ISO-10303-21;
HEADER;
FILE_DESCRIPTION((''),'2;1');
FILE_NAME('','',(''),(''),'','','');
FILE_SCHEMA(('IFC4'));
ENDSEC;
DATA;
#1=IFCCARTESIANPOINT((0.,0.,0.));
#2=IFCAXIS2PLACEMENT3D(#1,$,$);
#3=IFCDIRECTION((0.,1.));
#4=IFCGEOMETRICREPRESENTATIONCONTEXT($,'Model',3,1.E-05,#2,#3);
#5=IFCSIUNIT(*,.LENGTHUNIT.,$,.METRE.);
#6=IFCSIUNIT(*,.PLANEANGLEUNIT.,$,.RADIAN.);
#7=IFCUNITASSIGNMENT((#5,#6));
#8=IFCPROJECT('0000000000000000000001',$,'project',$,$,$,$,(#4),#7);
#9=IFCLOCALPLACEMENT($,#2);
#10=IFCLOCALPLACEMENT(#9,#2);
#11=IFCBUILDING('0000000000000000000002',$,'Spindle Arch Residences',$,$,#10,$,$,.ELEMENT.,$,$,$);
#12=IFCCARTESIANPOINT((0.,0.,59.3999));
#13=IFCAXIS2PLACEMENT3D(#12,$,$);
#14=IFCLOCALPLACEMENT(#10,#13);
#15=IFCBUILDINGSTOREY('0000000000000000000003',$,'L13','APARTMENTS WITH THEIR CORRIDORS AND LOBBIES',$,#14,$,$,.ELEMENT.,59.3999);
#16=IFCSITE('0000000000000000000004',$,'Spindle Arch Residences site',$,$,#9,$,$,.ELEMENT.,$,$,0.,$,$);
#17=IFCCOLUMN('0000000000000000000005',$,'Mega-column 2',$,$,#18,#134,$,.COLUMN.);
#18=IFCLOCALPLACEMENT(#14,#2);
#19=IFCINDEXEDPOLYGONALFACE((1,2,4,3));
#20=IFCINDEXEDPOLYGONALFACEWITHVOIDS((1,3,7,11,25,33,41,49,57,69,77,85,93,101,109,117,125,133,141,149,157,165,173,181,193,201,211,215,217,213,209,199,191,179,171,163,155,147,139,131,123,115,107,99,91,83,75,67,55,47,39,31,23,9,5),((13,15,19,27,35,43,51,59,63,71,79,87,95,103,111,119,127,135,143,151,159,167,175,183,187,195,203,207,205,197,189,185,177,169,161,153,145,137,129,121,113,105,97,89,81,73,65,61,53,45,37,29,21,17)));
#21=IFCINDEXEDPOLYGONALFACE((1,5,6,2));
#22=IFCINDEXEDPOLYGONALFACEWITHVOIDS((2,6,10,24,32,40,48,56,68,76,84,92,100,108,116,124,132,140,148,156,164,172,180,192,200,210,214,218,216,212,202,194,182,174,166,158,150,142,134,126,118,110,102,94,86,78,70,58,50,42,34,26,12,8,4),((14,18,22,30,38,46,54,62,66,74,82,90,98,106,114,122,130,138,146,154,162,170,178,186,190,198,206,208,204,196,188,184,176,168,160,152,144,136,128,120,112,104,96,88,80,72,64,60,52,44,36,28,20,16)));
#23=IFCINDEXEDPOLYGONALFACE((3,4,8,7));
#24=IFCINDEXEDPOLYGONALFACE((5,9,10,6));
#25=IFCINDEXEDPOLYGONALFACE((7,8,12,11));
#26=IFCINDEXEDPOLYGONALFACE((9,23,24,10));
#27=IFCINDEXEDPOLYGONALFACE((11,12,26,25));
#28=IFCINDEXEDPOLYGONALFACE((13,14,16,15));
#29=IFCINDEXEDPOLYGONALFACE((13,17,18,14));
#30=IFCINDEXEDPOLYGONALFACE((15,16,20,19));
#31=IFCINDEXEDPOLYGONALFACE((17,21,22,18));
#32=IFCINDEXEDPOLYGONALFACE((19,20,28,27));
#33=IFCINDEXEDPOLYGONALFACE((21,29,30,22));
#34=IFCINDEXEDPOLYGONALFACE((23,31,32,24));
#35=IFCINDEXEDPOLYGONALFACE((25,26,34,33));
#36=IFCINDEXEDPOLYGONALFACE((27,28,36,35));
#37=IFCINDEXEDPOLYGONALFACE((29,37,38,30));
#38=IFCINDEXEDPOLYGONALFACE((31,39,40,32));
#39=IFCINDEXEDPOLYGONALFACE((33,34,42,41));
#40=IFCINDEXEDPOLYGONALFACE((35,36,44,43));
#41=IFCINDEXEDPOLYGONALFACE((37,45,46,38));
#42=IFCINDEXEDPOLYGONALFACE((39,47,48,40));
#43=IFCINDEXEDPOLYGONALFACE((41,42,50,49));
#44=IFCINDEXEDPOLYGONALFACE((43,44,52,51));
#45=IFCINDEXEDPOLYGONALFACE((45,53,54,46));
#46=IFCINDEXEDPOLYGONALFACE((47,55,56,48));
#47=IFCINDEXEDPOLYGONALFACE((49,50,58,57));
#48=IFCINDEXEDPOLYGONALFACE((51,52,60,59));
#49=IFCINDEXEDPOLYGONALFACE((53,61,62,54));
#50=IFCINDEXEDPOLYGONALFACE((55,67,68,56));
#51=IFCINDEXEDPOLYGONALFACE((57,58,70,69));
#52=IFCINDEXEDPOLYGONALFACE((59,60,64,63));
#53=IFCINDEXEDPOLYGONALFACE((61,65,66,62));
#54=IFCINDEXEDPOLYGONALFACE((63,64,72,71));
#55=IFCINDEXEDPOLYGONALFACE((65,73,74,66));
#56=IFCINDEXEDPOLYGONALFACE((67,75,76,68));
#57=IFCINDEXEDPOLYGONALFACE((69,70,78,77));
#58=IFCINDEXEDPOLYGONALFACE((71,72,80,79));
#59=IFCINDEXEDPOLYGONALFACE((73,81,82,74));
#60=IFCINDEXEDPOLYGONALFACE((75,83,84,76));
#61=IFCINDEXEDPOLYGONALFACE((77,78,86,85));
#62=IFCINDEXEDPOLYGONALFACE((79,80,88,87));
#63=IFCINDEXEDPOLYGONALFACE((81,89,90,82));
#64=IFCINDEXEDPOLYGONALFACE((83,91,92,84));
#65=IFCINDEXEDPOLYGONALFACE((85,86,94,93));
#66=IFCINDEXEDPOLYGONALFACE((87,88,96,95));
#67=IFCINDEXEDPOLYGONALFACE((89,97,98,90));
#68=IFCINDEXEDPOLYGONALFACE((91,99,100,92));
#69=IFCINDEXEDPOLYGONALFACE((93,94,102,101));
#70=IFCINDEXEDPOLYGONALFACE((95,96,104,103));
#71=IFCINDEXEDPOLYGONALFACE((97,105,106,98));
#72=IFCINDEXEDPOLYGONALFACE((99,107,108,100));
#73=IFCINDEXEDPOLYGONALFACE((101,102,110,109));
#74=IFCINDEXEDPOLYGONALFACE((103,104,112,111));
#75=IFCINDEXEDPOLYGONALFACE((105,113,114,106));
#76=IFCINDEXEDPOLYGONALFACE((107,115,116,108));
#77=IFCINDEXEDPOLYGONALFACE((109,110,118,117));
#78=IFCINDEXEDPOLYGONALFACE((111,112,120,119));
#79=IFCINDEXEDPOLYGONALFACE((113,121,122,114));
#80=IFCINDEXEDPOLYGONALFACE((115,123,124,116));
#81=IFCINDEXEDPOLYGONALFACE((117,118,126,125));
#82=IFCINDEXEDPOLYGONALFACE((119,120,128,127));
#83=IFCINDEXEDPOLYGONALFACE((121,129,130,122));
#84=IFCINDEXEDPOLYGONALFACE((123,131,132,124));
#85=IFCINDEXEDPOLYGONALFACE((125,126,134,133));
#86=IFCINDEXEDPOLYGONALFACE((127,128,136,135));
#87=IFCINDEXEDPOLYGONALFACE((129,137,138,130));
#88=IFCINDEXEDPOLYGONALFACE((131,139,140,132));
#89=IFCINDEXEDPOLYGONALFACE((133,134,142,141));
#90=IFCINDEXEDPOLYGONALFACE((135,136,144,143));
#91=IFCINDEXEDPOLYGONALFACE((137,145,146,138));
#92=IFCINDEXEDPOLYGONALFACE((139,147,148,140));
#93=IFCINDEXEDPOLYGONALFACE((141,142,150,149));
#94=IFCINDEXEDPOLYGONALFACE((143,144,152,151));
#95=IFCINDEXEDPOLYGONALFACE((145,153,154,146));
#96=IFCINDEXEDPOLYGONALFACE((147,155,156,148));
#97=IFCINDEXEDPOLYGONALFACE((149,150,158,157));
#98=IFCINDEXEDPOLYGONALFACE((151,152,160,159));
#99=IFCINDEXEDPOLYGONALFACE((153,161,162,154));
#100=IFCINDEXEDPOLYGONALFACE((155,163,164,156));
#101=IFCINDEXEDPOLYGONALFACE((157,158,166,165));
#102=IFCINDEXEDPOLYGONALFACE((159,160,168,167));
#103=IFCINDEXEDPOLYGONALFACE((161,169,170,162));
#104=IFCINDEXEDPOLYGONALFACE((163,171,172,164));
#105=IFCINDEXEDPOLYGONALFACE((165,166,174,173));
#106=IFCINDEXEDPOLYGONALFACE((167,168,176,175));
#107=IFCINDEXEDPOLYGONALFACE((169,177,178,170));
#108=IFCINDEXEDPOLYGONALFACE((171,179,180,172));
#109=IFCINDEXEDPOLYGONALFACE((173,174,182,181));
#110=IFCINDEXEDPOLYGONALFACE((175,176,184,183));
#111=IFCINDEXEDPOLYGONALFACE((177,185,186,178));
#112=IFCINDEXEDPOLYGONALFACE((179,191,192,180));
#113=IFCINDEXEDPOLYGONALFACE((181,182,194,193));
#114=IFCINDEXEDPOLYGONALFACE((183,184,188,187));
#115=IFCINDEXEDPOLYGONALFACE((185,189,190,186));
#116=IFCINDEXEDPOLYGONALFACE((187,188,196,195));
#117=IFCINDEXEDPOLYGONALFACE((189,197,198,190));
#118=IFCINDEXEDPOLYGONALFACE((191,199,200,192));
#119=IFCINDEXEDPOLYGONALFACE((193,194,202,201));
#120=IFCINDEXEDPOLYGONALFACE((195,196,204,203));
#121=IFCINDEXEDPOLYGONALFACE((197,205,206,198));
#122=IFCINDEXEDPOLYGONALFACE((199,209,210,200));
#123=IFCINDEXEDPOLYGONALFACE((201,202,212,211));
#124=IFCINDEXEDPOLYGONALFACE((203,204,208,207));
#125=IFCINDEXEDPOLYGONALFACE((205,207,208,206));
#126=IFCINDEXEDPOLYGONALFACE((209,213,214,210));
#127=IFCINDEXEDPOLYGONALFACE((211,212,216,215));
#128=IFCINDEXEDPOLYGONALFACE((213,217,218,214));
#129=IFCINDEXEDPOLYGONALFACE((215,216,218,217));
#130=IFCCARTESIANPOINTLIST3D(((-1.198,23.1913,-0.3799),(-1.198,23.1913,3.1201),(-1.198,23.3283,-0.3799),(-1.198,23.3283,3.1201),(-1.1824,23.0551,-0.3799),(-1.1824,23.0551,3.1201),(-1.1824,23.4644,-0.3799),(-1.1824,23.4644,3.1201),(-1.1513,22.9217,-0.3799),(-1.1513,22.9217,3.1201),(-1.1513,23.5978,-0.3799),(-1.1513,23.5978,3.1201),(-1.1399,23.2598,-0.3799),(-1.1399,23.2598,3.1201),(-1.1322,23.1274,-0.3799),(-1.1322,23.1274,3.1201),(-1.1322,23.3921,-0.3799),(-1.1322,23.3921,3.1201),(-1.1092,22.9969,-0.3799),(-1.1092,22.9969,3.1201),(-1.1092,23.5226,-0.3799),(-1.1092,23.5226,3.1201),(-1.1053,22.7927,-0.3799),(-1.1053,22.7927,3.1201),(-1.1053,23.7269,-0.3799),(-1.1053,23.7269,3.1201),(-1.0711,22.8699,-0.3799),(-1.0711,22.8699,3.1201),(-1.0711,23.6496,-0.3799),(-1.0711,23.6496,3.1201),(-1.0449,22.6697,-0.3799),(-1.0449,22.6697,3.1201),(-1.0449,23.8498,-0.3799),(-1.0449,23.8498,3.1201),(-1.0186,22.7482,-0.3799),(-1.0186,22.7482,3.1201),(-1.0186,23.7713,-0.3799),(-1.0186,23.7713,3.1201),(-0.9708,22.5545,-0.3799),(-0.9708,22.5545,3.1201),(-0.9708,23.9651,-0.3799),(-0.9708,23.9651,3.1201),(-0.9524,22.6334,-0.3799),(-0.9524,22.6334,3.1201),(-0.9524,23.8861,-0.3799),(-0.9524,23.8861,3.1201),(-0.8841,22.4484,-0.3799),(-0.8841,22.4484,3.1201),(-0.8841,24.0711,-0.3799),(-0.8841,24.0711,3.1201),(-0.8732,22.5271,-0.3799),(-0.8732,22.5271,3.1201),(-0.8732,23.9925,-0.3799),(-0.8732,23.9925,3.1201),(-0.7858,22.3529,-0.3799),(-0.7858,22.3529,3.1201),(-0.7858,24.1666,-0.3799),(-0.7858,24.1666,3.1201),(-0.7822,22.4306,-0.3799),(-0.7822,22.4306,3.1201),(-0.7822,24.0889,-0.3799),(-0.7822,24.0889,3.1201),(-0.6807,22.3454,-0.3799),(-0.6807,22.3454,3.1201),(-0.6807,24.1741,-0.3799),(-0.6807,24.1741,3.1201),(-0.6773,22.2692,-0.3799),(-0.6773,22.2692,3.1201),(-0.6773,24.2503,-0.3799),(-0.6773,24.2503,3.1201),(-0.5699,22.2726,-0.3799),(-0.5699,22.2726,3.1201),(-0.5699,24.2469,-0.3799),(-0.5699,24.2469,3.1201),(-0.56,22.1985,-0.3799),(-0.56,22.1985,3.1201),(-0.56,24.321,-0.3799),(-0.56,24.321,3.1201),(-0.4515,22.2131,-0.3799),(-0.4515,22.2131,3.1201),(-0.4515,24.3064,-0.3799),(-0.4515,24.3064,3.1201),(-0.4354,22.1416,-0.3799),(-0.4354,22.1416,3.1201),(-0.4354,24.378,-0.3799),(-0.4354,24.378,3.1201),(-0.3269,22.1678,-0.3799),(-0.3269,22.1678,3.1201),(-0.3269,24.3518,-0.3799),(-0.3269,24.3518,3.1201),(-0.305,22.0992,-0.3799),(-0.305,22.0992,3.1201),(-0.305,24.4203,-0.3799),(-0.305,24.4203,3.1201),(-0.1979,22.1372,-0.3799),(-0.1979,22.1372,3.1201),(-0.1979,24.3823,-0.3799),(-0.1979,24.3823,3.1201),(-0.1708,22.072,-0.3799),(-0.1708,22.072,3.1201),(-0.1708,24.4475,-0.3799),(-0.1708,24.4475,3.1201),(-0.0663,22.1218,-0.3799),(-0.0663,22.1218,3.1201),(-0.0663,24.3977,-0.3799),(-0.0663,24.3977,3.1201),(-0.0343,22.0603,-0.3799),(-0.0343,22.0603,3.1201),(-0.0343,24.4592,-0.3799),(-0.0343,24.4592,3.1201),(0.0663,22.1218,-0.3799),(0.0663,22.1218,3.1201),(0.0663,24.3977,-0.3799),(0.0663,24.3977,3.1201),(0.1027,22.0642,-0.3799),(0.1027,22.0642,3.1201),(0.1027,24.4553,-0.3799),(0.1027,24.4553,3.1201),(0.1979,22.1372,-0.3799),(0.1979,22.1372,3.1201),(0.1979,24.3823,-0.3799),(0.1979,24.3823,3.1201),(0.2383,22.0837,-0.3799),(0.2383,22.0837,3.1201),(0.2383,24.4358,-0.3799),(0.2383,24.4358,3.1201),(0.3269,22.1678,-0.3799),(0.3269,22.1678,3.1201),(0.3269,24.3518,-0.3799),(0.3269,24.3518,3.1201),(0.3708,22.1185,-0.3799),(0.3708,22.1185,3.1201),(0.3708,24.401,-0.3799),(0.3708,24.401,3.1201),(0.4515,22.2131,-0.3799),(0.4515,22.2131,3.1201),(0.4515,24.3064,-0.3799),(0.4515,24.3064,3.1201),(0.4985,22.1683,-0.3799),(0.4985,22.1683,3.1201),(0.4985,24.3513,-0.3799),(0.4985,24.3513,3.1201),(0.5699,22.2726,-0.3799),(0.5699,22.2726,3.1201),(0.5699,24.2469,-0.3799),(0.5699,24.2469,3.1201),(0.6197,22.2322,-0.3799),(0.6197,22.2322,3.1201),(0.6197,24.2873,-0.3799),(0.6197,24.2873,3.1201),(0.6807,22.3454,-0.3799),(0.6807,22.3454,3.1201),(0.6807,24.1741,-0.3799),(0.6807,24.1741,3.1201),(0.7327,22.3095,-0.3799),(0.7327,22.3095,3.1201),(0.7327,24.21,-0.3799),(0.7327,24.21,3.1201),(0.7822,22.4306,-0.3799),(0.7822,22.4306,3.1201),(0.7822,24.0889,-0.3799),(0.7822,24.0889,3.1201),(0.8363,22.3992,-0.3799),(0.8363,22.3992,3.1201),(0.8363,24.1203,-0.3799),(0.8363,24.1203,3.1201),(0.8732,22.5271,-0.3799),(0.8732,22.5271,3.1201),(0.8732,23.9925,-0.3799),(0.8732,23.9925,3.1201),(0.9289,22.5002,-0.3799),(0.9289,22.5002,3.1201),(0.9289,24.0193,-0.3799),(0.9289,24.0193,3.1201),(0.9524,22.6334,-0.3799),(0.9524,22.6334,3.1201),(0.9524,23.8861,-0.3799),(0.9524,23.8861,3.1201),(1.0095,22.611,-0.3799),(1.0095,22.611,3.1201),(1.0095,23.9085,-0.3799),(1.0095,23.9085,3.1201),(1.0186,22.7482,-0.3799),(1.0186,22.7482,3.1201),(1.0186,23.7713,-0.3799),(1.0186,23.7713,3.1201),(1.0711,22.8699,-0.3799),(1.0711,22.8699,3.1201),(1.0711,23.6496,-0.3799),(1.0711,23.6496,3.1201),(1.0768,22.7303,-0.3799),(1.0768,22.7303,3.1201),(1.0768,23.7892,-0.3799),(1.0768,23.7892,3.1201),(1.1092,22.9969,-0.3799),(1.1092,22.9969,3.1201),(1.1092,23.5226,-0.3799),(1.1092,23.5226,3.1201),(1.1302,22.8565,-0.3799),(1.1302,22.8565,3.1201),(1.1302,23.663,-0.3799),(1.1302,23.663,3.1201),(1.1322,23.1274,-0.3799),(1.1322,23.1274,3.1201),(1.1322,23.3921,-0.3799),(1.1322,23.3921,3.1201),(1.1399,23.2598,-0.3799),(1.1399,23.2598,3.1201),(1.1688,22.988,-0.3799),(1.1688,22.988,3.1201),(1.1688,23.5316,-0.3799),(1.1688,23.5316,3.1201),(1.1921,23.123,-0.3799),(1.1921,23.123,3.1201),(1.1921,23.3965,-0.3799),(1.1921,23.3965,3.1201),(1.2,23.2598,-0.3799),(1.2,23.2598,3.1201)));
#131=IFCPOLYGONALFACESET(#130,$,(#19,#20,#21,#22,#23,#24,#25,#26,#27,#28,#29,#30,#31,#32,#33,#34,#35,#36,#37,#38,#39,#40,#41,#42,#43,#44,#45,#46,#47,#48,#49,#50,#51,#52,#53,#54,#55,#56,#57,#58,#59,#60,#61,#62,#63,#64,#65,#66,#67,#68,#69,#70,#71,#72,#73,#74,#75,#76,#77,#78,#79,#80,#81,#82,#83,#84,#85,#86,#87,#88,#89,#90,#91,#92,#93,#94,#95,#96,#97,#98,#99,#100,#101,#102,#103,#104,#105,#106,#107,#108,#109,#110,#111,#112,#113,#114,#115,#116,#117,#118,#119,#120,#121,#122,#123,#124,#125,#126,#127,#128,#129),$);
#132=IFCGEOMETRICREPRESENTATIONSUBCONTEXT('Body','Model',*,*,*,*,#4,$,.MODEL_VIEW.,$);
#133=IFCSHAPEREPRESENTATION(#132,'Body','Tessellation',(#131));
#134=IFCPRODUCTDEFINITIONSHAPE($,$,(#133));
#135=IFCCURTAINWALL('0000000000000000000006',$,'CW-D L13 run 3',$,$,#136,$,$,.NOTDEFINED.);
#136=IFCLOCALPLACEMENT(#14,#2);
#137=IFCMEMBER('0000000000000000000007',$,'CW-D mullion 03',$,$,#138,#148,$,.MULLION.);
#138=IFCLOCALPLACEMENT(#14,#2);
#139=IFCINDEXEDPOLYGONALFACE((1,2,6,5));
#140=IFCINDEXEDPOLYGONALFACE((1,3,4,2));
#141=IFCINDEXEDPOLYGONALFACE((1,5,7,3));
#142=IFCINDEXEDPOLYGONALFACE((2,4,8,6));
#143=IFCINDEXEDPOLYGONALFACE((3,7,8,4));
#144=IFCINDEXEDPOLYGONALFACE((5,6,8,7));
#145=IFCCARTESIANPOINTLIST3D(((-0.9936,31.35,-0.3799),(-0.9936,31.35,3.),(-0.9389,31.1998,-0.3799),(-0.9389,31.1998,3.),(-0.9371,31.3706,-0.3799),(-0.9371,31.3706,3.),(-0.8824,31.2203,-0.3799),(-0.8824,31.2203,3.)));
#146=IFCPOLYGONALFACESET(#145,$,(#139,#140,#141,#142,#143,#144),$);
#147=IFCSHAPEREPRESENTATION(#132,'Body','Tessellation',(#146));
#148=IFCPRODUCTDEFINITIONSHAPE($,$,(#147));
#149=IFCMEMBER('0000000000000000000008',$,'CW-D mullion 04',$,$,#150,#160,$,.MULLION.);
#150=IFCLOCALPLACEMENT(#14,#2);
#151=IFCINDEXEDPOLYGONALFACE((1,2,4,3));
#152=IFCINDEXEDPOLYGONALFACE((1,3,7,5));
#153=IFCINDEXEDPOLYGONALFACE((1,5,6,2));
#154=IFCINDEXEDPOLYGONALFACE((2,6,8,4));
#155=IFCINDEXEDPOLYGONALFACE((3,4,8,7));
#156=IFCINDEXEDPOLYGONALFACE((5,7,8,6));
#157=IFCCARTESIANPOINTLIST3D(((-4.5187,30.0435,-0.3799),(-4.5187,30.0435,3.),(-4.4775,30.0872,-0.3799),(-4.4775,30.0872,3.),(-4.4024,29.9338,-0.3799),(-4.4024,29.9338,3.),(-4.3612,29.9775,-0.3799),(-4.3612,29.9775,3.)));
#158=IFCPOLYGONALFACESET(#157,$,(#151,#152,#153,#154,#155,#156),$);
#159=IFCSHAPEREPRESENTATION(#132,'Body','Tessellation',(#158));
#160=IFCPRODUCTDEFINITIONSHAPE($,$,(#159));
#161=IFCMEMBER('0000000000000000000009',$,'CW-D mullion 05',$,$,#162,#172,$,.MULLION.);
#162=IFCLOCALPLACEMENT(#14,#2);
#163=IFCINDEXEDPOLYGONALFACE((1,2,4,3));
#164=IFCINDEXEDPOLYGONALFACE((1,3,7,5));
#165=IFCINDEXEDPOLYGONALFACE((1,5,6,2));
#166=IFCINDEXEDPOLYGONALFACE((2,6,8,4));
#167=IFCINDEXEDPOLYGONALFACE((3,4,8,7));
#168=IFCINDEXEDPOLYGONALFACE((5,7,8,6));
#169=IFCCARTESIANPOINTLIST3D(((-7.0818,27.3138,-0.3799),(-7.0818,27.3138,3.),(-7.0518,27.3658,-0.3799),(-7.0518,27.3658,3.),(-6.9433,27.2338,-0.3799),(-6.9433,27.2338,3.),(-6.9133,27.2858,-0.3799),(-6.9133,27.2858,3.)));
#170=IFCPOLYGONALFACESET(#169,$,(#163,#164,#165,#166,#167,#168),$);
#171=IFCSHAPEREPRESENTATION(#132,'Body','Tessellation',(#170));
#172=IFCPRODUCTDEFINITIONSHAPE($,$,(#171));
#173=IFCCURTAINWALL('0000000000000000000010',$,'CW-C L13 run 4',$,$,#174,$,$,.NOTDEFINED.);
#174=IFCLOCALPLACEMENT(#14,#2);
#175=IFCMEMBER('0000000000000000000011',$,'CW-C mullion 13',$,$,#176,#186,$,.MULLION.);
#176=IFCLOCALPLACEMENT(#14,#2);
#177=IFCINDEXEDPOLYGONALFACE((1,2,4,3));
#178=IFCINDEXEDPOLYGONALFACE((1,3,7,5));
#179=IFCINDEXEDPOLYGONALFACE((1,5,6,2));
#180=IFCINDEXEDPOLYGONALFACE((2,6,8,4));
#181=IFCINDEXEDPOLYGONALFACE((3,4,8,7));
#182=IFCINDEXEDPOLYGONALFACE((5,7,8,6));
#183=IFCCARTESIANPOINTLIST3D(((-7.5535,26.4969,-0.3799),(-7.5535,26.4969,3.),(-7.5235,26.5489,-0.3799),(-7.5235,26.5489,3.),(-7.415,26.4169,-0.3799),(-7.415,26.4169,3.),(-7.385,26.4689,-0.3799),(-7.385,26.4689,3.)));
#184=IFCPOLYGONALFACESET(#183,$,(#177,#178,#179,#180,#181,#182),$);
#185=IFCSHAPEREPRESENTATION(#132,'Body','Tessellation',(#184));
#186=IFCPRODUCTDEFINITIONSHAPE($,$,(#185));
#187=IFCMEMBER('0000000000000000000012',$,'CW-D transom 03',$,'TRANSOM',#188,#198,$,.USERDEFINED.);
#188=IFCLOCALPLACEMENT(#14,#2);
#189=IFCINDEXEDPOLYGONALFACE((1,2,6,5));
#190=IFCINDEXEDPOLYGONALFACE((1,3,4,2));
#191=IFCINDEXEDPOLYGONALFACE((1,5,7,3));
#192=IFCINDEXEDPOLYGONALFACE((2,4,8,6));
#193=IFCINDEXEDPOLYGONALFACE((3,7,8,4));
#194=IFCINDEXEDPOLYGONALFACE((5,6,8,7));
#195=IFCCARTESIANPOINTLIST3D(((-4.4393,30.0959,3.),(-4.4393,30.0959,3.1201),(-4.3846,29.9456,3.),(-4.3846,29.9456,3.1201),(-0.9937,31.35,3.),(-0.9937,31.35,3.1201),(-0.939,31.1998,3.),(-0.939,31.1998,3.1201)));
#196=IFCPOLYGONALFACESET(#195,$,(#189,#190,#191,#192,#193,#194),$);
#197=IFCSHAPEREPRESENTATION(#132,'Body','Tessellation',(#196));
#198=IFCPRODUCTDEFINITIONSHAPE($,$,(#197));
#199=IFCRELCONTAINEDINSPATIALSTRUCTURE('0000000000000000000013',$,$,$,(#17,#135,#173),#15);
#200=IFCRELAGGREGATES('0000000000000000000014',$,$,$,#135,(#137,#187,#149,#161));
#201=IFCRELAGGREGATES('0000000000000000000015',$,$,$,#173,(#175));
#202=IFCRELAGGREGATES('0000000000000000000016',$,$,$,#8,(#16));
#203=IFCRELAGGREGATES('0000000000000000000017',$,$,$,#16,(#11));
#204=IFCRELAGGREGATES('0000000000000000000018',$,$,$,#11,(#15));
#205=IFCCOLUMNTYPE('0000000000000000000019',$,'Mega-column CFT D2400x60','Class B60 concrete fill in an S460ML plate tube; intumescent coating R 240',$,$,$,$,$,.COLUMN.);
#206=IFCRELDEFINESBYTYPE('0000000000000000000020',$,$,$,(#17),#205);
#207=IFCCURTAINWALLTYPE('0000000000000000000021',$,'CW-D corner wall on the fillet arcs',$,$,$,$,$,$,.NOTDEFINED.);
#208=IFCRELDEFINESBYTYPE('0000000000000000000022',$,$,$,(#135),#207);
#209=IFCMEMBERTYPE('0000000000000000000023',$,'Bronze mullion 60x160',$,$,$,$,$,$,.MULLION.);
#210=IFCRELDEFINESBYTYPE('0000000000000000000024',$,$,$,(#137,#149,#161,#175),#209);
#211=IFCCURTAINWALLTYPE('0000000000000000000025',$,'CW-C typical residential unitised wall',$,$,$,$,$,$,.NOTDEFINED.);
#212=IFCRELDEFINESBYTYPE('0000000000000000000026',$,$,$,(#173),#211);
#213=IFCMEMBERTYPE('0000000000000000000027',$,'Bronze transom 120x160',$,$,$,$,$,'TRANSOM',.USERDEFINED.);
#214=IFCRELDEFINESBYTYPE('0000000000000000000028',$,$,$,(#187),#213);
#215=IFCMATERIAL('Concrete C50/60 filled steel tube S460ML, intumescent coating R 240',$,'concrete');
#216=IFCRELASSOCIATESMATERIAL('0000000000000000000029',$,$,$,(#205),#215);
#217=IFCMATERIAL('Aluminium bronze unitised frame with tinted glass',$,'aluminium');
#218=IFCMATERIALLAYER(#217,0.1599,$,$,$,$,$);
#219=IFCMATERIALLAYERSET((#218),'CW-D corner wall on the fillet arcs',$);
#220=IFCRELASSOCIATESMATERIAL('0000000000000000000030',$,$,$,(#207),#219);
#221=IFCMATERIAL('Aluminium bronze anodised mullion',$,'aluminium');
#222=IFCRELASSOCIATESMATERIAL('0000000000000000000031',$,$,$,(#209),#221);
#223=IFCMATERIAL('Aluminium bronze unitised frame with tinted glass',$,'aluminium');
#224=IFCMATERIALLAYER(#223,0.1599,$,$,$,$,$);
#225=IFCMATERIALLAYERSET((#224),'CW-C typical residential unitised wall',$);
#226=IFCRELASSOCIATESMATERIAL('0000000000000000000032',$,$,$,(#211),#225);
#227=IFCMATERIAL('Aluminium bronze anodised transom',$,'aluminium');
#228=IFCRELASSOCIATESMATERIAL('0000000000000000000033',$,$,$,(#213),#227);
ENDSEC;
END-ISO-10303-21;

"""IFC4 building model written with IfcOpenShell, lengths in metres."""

from ifc_helpers import new_model, si_unit, direction, frame, origin, origin_2d, place, context, subcontext, project, spatial, rectangle, hollow_circle, extrude, material, layer, layer_set, material_profile, profile_set, type_object, element, aggregate, save


model = new_model("IFC4")

# Units and contexts
model_context = context("Model", 3, precision=1e-05, world=origin(), true_north=direction((0.0, 1.0)))
body_context = subcontext(model_context, "Body", "Model", "MODEL_VIEW")
ifc_project = project(units=[si_unit("LENGTHUNIT", "METRE"), si_unit("PLANEANGLEUNIT", "RADIAN")], contexts=[model_context])

# Site, building, storey
site_placement = place(None, origin())
site = spatial("IfcSite", under=ifc_project, at=site_placement, Name="Spindle Arch Residences site", CompositionType="ELEMENT", RefElevation=0.0)
building_placement = place(site_placement, origin())
building = spatial("IfcBuilding", under=site, at=building_placement, Name="Spindle Arch Residences", CompositionType="ELEMENT")
storey_placement = place(building_placement, frame((0.0, 0.0, 59.3999)))
storey = spatial("IfcBuildingStorey", under=building, at=storey_placement, Name="L13", Description="APARTMENTS WITH THEIR CORRIDORS AND LOBBIES", CompositionType="ELEMENT", Elevation=59.3999)

# Column
ifc_material_1 = material(Name="Concrete C50/60 filled steel tube S460ML, intumescent coating R 240", Category="concrete")
ifc_material_profile_1 = material_profile(ifc_material_1, hollow_circle(Radius=1.2, WallThickness=0.0601, at=origin_2d()), Name="CFT D2400x60")
ifc_profile_set_1 = profile_set([ifc_material_profile_1], Name="Concrete C50/60 filled steel tube S460ML, intumescent coating R 240")
column_type_1 = type_object("IfcColumnType", Name="Mega-column CFT D2400x60", Description="Class B60 concrete fill in an S460ML plate tube; intumescent coating R 240", PredefinedType="COLUMN", material=ifc_profile_set_1)
column_placement = place(storey_placement, frame((0.0, 23.2598, -0.3799), z_axis=(0.0, 0.0, 1.0), x_axis=(1.0, 0.0, 0.0)))
element("IfcColumn", 1, at=column_placement, inside=storey, type_object=column_type_1, Name="Mega-column 2", PredefinedType="COLUMN", context=body_context, shape_type="SweptSolid", body=[
    extrude(hollow_circle(Radius=1.2, WallThickness=0.0601, at=origin_2d()), origin(), (0.0, 0.0, 1.0), 3.5),
])

# Curtain wall, members
ifc_material_2 = material(Name="Aluminium bronze unitised frame with tinted glass", Category="aluminium")
ifc_layer_1 = layer(ifc_material_2, 0.1599)
ifc_layer_set_1 = layer_set([ifc_layer_1], Name="CW-D corner wall on the fillet arcs")
curtain_wall_type_1 = type_object("IfcCurtainWallType", Name="CW-D corner wall on the fillet arcs", PredefinedType="NOTDEFINED", material=ifc_layer_set_1)
curtain_wall_1_placement = place(storey_placement, origin())
curtain_wall_1 = element("IfcCurtainWall", 2, at=curtain_wall_1_placement, inside=storey, type_object=curtain_wall_type_1, Name="CW-D L13 run 3", PredefinedType="NOTDEFINED")
ifc_material_3 = material(Name="Aluminium bronze anodised mullion", Category="aluminium")
ifc_material_profile_2 = material_profile(ifc_material_3, rectangle(XDim=0.1599, YDim=0.0601, at=origin_2d()), Name="MU 60x160")
ifc_profile_set_2 = profile_set([ifc_material_profile_2], Name="Aluminium bronze anodised mullion")
member_type_1 = type_object("IfcMemberType", Name="Bronze mullion 60x160", PredefinedType="MULLION", material=ifc_profile_set_2)
member_1_placement = place(storey_placement, frame((-0.938, 31.2852, -0.3799), z_axis=(0.0, 0.0, 1.0), x_axis=(0.34202, -0.939693, 0.0)))
member_1 = element("IfcMember", 3, at=member_1_placement, type_object=member_type_1, Name="CW-D mullion 03", PredefinedType="MULLION", context=body_context, shape_type="SweptSolid", body=[
    extrude(rectangle(XDim=0.1599, YDim=0.0601, at=origin_2d()), origin(), (0.0, 0.0, 1.0), 3.3799),
])
member_2_placement = place(storey_placement, frame((-4.4399, 30.0105, -0.3799), z_axis=(0.0, 0.0, 1.0), x_axis=(0.727374, -0.686242, 0.0)))
member_2 = element("IfcMember", 4, at=member_2_placement, type_object=member_type_1, Name="CW-D mullion 04", PredefinedType="MULLION", context=body_context, shape_type="SweptSolid", body=[
    extrude(rectangle(XDim=0.1599, YDim=0.0601, at=origin_2d()), origin(), (0.0, 0.0, 1.0), 3.3799),
])
member_3_placement = place(storey_placement, frame((-6.9976, 27.2998, -0.3799), z_axis=(0.0, 0.0, 1.0), x_axis=(0.866025, -0.5, 0.0)))
member_3 = element("IfcMember", 5, at=member_3_placement, type_object=member_type_1, Name="CW-D mullion 05", PredefinedType="MULLION", context=body_context, shape_type="SweptSolid", body=[
    extrude(rectangle(XDim=0.1599, YDim=0.0601, at=origin_2d()), origin(), (0.0, 0.0, 1.0), 3.3799),
])

# Curtain wall, member
ifc_material_4 = material(Name="Aluminium bronze unitised frame with tinted glass", Category="aluminium")
ifc_layer_2 = layer(ifc_material_4, 0.1599)
ifc_layer_set_2 = layer_set([ifc_layer_2], Name="CW-C typical residential unitised wall")
curtain_wall_type_2 = type_object("IfcCurtainWallType", Name="CW-C typical residential unitised wall", PredefinedType="NOTDEFINED", material=ifc_layer_set_2)
curtain_wall_2_placement = place(storey_placement, origin())
curtain_wall_2 = element("IfcCurtainWall", 6, at=curtain_wall_2_placement, inside=storey, type_object=curtain_wall_type_2, Name="CW-C L13 run 4", PredefinedType="NOTDEFINED")
member_4_placement = place(storey_placement, frame((-7.4692, 26.4829, -0.3799), z_axis=(0.0, 0.0, 1.0), x_axis=(0.866025, -0.5, 0.0)))
member_4 = element("IfcMember", 7, at=member_4_placement, type_object=member_type_1, Name="CW-C mullion 13", PredefinedType="MULLION", context=body_context, shape_type="SweptSolid", body=[
    extrude(rectangle(XDim=0.1599, YDim=0.0601, at=origin_2d()), origin(), (0.0, 0.0, 1.0), 3.3799),
])

# Member
ifc_material_5 = material(Name="Aluminium bronze anodised transom", Category="aluminium")
ifc_material_profile_3 = material_profile(ifc_material_5, rectangle(XDim=0.1599, YDim=0.1201, at=origin_2d()), Name="TR 120x160")
ifc_profile_set_3 = profile_set([ifc_material_profile_3], Name="Aluminium bronze anodised transom")
member_type_2 = type_object("IfcMemberType", Name="Bronze transom 120x160", ElementType="TRANSOM", PredefinedType="USERDEFINED", material=ifc_profile_set_3)
member_5_placement = place(storey_placement, frame((-0.9663, 31.2749, 3.0601), z_axis=(-0.939686, -0.342037, 0.0), x_axis=(0.342037, -0.939686, 0.0)))
member_5 = element("IfcMember", 8, at=member_5_placement, type_object=member_type_2, Name="CW-D transom 03", ObjectType="TRANSOM", PredefinedType="USERDEFINED", context=body_context, shape_type="SweptSolid", body=[
    extrude(rectangle(XDim=0.1599, YDim=0.1201, at=origin_2d()), origin(), (0.0, 0.0, 1.0), 3.6667),
])

aggregate(curtain_wall_1, [member_1, member_5, member_2, member_3])
aggregate(curtain_wall_2, [member_4])

save(model, "model.ifc")
